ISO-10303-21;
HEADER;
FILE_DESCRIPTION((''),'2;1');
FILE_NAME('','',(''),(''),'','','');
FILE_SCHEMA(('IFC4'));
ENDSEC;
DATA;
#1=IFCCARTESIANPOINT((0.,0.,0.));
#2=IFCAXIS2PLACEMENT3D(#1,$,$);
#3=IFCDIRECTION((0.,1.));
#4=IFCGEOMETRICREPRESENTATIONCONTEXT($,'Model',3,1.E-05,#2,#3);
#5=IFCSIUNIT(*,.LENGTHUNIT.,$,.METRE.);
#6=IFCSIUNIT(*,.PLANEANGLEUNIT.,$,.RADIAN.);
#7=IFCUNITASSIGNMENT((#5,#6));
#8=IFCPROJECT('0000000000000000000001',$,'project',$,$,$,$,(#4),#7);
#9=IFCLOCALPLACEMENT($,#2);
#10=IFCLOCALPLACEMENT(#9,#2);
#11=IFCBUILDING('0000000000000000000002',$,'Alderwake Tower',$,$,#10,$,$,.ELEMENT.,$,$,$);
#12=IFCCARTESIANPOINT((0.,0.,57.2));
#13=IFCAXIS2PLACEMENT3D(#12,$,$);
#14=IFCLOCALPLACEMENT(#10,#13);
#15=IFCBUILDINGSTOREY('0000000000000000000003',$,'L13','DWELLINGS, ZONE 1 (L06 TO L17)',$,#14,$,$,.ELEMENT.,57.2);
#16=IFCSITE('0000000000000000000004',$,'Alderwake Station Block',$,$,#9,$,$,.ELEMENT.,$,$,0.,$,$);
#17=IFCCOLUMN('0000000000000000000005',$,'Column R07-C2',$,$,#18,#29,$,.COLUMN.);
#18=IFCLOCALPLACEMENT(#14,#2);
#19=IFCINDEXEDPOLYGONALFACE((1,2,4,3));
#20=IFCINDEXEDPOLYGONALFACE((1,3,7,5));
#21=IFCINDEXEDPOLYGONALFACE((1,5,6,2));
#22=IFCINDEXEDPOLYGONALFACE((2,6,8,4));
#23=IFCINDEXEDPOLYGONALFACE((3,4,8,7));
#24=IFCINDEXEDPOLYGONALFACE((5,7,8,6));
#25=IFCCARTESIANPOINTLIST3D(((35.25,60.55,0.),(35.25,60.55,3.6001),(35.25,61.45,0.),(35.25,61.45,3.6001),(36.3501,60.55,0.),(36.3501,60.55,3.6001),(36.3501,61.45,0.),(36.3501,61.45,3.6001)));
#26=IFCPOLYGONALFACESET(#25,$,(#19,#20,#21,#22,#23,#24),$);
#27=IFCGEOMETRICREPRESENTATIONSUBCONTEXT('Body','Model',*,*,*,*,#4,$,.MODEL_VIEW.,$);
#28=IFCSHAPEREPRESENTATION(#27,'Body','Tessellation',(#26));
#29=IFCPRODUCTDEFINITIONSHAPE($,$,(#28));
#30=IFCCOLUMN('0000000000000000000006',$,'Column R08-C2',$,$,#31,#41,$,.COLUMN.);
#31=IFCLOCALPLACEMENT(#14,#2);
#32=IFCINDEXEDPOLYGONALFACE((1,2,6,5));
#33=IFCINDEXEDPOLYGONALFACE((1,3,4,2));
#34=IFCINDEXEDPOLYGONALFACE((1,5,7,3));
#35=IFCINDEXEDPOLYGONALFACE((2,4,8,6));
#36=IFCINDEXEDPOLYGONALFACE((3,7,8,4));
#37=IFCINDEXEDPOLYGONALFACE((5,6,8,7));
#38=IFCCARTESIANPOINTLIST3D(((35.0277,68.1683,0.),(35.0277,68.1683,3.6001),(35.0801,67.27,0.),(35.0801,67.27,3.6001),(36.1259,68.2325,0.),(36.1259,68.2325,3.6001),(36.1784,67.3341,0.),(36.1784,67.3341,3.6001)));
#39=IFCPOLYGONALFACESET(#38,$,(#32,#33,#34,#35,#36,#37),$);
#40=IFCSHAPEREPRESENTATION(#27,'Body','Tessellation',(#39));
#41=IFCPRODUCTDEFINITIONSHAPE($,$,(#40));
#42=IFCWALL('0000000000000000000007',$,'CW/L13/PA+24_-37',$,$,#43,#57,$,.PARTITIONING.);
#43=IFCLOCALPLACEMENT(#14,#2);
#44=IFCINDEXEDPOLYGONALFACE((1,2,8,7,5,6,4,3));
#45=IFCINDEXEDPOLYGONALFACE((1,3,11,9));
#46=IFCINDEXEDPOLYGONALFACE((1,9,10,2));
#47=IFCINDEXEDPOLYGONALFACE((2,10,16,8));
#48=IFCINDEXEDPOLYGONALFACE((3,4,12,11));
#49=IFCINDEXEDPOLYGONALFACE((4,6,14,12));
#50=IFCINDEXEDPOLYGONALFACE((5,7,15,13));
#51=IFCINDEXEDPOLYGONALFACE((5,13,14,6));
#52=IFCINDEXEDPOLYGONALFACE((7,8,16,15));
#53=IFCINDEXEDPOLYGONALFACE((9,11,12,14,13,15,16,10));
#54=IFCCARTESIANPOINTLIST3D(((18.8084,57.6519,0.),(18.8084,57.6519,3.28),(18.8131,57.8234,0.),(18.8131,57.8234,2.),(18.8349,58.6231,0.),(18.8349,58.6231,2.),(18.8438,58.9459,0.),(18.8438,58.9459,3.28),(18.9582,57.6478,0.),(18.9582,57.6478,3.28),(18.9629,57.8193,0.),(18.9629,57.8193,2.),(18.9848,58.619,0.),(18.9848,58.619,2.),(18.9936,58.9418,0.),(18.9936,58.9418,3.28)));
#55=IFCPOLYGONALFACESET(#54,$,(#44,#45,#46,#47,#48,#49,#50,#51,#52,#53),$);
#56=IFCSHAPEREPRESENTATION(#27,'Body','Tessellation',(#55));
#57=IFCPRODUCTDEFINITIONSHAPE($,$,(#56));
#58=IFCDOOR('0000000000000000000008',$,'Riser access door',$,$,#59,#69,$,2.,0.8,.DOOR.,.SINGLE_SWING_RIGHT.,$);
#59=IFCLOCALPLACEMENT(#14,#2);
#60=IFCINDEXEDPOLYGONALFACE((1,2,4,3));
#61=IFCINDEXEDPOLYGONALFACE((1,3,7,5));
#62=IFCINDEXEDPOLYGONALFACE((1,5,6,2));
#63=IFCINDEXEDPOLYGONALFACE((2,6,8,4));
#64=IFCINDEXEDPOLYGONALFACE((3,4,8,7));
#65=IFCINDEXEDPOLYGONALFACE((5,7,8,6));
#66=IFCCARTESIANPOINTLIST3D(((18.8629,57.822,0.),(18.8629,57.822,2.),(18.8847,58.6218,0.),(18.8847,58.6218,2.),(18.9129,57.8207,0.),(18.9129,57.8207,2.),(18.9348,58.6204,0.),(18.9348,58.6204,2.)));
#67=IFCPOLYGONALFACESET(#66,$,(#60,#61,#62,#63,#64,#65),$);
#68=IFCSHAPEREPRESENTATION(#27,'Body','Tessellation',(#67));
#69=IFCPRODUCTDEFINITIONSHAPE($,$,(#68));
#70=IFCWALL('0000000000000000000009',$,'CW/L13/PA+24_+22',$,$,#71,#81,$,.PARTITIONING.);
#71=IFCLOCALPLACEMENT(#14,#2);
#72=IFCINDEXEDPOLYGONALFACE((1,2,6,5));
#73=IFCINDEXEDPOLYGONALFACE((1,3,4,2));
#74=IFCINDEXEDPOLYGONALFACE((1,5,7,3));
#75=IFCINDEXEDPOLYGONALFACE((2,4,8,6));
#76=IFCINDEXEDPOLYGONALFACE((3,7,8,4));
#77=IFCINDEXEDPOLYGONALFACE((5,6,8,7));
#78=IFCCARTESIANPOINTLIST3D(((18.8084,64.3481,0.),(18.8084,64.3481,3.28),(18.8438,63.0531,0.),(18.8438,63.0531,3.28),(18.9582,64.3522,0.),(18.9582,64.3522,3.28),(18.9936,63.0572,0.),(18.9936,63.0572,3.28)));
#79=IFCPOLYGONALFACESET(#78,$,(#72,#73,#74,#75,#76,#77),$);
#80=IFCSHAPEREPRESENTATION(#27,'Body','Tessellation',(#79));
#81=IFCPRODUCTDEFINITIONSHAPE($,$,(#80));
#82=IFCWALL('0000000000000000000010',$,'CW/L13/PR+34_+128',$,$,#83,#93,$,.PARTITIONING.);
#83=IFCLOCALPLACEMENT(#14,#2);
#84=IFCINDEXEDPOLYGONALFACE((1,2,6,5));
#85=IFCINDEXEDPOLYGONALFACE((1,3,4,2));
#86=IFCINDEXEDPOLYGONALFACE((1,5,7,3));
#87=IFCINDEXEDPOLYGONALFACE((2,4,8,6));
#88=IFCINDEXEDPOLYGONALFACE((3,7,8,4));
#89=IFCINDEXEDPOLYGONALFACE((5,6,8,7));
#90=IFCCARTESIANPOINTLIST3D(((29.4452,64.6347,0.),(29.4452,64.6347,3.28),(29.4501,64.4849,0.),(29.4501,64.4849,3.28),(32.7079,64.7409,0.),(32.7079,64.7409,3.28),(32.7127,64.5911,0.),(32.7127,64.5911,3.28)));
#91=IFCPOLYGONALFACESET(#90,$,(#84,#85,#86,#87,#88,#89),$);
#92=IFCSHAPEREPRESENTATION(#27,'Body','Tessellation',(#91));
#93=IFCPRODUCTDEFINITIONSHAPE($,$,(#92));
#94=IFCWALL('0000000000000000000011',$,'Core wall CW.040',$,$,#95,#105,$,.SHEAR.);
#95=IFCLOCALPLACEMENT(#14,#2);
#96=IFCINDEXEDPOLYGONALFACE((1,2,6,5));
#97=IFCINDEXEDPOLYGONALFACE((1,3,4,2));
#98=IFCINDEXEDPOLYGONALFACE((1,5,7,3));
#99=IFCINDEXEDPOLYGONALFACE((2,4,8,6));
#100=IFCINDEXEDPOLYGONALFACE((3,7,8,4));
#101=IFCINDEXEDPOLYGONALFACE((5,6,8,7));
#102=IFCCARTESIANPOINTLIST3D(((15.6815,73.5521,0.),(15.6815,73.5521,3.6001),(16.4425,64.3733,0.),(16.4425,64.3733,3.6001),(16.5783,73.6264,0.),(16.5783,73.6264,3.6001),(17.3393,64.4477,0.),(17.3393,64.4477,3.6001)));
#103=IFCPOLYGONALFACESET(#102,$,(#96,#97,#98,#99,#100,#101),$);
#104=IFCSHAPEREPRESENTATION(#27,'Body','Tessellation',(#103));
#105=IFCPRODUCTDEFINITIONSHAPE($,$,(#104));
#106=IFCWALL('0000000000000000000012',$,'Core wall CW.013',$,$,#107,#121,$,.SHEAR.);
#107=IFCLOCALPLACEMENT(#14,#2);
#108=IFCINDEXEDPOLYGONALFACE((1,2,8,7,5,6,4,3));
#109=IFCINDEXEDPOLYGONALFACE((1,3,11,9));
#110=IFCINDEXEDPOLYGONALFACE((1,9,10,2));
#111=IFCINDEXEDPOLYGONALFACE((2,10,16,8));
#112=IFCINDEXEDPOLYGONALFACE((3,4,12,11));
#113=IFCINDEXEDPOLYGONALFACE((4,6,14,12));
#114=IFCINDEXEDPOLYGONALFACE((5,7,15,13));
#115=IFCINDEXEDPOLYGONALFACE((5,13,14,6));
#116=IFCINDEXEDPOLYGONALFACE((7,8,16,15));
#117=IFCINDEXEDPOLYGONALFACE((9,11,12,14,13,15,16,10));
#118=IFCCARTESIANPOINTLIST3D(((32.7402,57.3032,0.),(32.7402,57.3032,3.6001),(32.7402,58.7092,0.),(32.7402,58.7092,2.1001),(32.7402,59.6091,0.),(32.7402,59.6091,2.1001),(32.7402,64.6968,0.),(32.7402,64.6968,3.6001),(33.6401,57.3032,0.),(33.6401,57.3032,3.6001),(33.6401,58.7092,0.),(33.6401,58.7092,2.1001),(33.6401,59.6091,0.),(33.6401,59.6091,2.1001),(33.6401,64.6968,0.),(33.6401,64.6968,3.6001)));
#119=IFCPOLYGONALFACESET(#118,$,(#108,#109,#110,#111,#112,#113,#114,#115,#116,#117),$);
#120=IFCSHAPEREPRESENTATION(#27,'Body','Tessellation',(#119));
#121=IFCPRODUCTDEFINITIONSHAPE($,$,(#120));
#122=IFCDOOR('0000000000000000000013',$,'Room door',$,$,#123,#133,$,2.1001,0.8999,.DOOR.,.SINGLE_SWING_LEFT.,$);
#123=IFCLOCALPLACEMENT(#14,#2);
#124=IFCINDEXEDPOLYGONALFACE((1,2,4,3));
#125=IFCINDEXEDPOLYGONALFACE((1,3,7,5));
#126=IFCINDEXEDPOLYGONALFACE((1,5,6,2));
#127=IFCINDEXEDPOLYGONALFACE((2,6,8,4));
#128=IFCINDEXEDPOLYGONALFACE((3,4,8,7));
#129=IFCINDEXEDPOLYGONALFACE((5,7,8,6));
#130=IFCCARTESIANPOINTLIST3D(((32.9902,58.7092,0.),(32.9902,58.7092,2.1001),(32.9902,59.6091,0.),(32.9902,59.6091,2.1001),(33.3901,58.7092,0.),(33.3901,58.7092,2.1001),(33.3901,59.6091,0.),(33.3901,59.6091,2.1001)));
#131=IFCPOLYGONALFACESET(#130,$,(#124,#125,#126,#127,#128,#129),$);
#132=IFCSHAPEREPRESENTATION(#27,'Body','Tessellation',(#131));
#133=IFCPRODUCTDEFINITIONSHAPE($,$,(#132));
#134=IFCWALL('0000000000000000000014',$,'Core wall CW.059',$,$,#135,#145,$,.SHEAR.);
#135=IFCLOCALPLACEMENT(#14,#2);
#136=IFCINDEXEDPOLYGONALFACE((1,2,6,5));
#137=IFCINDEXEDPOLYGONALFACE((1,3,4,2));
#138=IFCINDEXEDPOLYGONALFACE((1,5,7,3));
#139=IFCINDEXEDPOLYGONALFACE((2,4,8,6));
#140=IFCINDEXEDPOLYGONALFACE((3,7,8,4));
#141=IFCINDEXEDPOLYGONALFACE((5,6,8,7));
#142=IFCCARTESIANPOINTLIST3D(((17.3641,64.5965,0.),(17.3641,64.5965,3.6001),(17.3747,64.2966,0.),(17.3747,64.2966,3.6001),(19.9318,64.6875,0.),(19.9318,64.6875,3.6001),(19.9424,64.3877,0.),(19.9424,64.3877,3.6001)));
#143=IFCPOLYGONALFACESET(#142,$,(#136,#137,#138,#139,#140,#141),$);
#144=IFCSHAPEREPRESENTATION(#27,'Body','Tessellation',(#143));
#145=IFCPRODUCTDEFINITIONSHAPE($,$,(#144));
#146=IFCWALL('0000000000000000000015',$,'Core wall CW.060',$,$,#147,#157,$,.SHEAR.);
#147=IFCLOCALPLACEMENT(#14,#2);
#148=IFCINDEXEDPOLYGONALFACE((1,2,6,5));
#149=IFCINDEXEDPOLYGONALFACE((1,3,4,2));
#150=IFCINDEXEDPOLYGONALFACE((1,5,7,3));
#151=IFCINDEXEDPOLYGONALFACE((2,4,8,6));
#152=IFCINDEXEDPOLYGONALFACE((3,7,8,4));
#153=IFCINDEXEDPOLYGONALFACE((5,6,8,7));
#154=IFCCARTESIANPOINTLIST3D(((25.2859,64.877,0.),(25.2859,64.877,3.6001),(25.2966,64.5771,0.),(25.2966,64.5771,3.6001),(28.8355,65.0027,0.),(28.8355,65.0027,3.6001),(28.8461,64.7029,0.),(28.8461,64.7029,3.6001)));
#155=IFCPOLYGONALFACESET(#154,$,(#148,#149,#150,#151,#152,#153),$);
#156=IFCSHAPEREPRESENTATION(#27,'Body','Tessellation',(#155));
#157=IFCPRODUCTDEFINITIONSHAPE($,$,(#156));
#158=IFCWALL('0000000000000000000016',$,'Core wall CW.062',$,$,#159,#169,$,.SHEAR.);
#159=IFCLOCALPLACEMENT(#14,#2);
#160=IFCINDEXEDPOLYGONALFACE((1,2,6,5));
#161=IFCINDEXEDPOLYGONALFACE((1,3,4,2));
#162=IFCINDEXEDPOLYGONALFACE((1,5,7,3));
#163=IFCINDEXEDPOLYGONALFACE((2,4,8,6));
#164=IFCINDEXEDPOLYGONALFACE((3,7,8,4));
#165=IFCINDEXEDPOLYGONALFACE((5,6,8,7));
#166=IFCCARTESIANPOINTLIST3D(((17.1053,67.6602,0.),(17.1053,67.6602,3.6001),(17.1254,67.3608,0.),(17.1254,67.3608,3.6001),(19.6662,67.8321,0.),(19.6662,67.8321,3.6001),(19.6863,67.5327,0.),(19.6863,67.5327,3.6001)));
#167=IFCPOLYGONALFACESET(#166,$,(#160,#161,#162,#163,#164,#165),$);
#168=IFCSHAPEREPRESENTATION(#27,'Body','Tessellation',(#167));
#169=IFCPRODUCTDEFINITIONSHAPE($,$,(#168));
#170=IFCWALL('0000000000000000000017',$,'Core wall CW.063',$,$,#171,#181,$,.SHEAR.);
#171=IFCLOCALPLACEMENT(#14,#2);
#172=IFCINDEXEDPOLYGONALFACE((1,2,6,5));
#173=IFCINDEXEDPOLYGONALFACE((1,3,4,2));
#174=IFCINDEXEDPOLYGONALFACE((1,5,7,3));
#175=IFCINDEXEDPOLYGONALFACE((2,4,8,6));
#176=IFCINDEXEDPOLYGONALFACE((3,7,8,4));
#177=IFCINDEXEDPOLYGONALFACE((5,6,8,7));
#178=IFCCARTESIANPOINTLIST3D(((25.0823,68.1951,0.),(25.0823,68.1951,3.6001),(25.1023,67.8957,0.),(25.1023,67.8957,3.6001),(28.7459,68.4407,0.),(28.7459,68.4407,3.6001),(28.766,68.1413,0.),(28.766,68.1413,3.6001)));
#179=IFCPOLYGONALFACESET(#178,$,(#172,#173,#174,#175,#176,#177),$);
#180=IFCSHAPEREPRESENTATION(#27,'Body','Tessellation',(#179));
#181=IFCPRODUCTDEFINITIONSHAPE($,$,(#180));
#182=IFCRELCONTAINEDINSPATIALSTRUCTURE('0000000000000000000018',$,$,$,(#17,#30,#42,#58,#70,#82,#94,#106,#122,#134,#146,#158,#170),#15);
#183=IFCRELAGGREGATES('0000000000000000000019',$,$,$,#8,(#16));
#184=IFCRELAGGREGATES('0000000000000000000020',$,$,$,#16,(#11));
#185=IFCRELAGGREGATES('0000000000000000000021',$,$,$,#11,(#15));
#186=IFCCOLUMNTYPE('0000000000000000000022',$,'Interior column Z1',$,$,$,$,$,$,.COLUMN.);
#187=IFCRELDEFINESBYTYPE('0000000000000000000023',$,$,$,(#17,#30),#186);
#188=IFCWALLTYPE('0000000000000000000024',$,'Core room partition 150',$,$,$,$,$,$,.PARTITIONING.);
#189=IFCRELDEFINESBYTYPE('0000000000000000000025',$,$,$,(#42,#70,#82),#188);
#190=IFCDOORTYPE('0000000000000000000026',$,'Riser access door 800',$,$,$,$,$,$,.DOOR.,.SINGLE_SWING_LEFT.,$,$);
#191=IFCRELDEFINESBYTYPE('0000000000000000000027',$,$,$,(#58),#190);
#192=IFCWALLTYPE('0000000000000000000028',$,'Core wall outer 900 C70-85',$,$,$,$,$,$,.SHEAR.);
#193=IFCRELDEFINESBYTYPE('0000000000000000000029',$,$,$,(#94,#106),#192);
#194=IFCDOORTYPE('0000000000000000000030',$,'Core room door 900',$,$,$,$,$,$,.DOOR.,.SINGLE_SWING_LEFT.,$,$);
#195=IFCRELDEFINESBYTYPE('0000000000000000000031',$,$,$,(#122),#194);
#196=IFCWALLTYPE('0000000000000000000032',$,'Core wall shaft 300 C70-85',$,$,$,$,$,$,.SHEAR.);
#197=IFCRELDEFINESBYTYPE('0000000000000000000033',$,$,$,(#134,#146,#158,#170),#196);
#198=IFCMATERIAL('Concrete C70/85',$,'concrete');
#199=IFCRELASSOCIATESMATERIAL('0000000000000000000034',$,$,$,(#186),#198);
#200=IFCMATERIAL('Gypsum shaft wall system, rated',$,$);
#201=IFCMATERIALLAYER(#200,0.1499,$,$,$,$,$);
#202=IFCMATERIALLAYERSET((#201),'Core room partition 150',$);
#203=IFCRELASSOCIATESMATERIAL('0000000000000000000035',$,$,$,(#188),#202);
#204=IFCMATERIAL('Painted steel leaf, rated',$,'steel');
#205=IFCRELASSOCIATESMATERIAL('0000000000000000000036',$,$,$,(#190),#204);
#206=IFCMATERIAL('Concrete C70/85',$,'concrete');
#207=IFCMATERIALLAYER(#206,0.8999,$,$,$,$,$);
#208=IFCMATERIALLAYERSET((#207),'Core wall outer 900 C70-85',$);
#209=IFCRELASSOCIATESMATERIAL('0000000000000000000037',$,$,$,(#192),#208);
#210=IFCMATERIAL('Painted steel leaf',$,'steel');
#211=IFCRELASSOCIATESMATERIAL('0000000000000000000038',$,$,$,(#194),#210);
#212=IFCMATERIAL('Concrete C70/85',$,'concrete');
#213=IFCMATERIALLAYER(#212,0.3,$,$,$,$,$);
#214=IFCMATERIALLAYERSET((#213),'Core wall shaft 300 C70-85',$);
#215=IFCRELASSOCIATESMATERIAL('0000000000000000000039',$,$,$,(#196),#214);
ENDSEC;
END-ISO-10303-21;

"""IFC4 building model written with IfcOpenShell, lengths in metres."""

from ifc_helpers import new_model, si_unit, direction, frame, frame_2d, origin, origin_2d, place, context, subcontext, project, spatial, rectangle, extrude, material, layer, layer_set, material_profile, profile_set, type_object, element, fill, save


model = new_model("IFC4")

# Units and contexts
model_context = context("Model", 3, precision=1e-05, world=origin(), true_north=direction((0.0, 1.0)))
body_context = subcontext(model_context, "Body", "Model", "MODEL_VIEW")
ifc_project = project(units=[si_unit("LENGTHUNIT", "METRE"), si_unit("PLANEANGLEUNIT", "RADIAN")], contexts=[model_context])

# Site, building, storey
site_placement = place(None, origin())
site = spatial("IfcSite", under=ifc_project, at=site_placement, Name="Alderwake Station Block", CompositionType="ELEMENT", RefElevation=0.0)
building_placement = place(site_placement, origin())
building = spatial("IfcBuilding", under=site, at=building_placement, Name="Alderwake Tower", CompositionType="ELEMENT")
storey_placement = place(building_placement, frame((0.0, 0.0, 57.2)))
storey = spatial("IfcBuildingStorey", under=building, at=storey_placement, Name="L13", Description="DWELLINGS, ZONE 1 (L06 TO L17)", CompositionType="ELEMENT", Elevation=57.2)

# Columns
ifc_material_1 = material(Name="Concrete C70/85", Category="concrete")
ifc_material_profile = material_profile(ifc_material_1, rectangle(XDim=0.8999, YDim=1.1001, at=origin_2d()), Name="RC 1100X900")
ifc_profile_set = profile_set([ifc_material_profile], Name="Concrete C70/85")
column_type = type_object("IfcColumnType", Name="Interior column Z1", PredefinedType="COLUMN", material=ifc_profile_set)
for number, where, z_axis, x_axis, name in (
    (1, (35.8, 61.0, 0.0), (0.0, 0.0, 1.0), (0.0, 1.0, 0.0), "Column R07-C2"),
    (2, (35.603, 67.7512, 0.0), (0.0, 0.0, 1.0), (-0.058301, 0.998299, 0.0), "Column R08-C2"),
):
    element("IfcColumn", number, at=place(storey_placement, frame(where, z_axis=z_axis, x_axis=x_axis)), inside=storey, type_object=column_type, Name=name, PredefinedType="COLUMN", context=body_context, shape_type="SweptSolid", body=[
        extrude(rectangle(XDim=0.8999, YDim=1.1001, at=origin_2d()), origin(), (0.0, 0.0, 1.0), 3.6001),
    ])

# Wall, opening, door
ifc_material_2 = material(Name="Gypsum shaft wall system, rated")
ifc_layer_1 = layer(ifc_material_2, 0.1499)
ifc_layer_set_1 = layer_set([ifc_layer_1], Name="Core room partition 150")
wall_type_1 = type_object("IfcWallType", Name="Core room partition 150", PredefinedType="PARTITIONING", material=ifc_layer_set_1)
wall_1_placement = place(storey_placement, frame((18.9187, 58.9438, 0.0), z_axis=(0.0, 0.0, 1.0), x_axis=(-0.027348, -0.999626, 0.0)))
wall_1 = element("IfcWall", 3, at=wall_1_placement, inside=storey, type_object=wall_type_1, Name="CW/L13/PA+24_-37", PredefinedType="PARTITIONING", context=body_context, shape_type="SweptSolid", body=[
    extrude(rectangle(XDim=1.2944, YDim=0.1499, at=frame_2d((0.6472, 0.0))), origin(), (0.0, 0.0, 1.0), 3.28),
])
opening_1_placement = place(wall_1_placement, frame((0.323, 0.0, 0.0)))
opening_1 = element("IfcOpeningElement", 4, at=opening_1_placement, cuts=wall_1, PredefinedType="OPENING", context=body_context, shape_type="SweptSolid", body=[
    extrude(rectangle(XDim=0.8, YDim=2.0, at=frame_2d((0.3999, 1.0))), frame((0.0, 0.085, 0.0), z_axis=(0.0, -1.0, 0.0), x_axis=(1.0, 0.0, 0.0)), (0.0, 0.0, 1.0), 0.1699),
])
ifc_material_3 = material(Name="Painted steel leaf, rated", Category="steel")
door_type_1 = type_object("IfcDoorType", Name="Riser access door 800", OperationType="SINGLE_SWING_LEFT", PredefinedType="DOOR", material=ifc_material_3)
door_1_placement = place(opening_1_placement, origin())
door_1 = element("IfcDoor", 5, at=door_1_placement, inside=storey, type_object=door_type_1, Name="Riser access door", OperationType="SINGLE_SWING_RIGHT", OverallHeight=2.0, OverallWidth=0.8, PredefinedType="DOOR", context=body_context, shape_type="SweptSolid", body=[
    extrude(rectangle(XDim=0.8, YDim=2.0, at=frame_2d((0.3999, 1.0))), frame((0.0, 0.0249, 0.0), z_axis=(0.0, -1.0, 0.0), x_axis=(1.0, 0.0, 0.0)), (0.0, 0.0, 1.0), 0.05),
])
fill(opening_1, door_1)

# Walls
wall_2_placement = place(storey_placement, frame((18.9187, 63.0552, 0.0), z_axis=(0.0, 0.0, 1.0), x_axis=(-0.027328, 0.999627, 0.0)))
element("IfcWall", 6, at=wall_2_placement, inside=storey, type_object=wall_type_1, Name="CW/L13/PA+24_+22", PredefinedType="PARTITIONING", context=body_context, shape_type="SweptSolid", body=[
    extrude(rectangle(XDim=1.2954, YDim=0.1499, at=frame_2d((0.6477, 0.0))), origin(), (0.0, 0.0, 1.0), 3.28),
])
wall_3_placement = place(storey_placement, frame((29.4475, 64.5598, 0.0), z_axis=(0.0, 0.0, 1.0), x_axis=(0.999471, 0.032533, 0.0)))
element("IfcWall", 7, at=wall_3_placement, inside=storey, type_object=wall_type_1, Name="CW/L13/PR+34_+128", PredefinedType="PARTITIONING", context=body_context, shape_type="SweptSolid", body=[
    extrude(rectangle(XDim=3.2644, YDim=0.1499, at=frame_2d((1.6323, 0.0))), origin(), (0.0, 0.0, 1.0), 3.28),
])
ifc_material_4 = material(Name="Concrete C70/85", Category="concrete")
ifc_layer_2 = layer(ifc_material_4, 0.8999)
ifc_layer_set_2 = layer_set([ifc_layer_2], Name="Core wall outer 900 C70-85")
wall_type_2 = type_object("IfcWallType", Name="Core wall outer 900 C70-85", PredefinedType="SHEAR", material=ifc_layer_set_2)
wall_4_placement = place(storey_placement, frame((16.8909, 64.4106, 0.0), z_axis=(0.0, 0.0, 1.0), x_axis=(-0.082624, 0.996581, 0.0)))
element("IfcWall", 8, at=wall_4_placement, inside=storey, type_object=wall_type_2, Name="Core wall CW.040", PredefinedType="SHEAR", context=body_context, shape_type="SweptSolid", body=[
    extrude(rectangle(XDim=9.2102, YDim=0.8999, at=frame_2d((4.605, 0.0))), origin(), (0.0, 0.0, 1.0), 3.6001),
])

# Wall, opening, door
wall_5_placement = place(storey_placement, frame((33.1902, 64.6968, 0.0), z_axis=(0.0, 0.0, 1.0), x_axis=(0.0, -1.0, 0.0)))
wall_5 = element("IfcWall", 9, at=wall_5_placement, inside=storey, type_object=wall_type_2, Name="Core wall CW.013", PredefinedType="SHEAR", context=body_context, shape_type="SweptSolid", body=[
    extrude(rectangle(XDim=7.3936, YDim=0.8999, at=frame_2d((3.6968, 0.0))), origin(), (0.0, 0.0, 1.0), 3.6001),
])
opening_2_placement = place(wall_5_placement, frame((5.0876, 0.0, 0.0)))
opening_2 = element("IfcOpeningElement", 10, at=opening_2_placement, cuts=wall_5, PredefinedType="OPENING", context=body_context, shape_type="SweptSolid", body=[
    extrude(rectangle(XDim=0.8999, YDim=2.1001, at=frame_2d((0.45, 1.05))), frame((0.0, 0.46, 0.0), z_axis=(0.0, -1.0, 0.0), x_axis=(1.0, 0.0, 0.0)), (0.0, 0.0, 1.0), 0.9199),
])
ifc_material_5 = material(Name="Painted steel leaf", Category="steel")
door_type_2 = type_object("IfcDoorType", Name="Core room door 900", OperationType="SINGLE_SWING_LEFT", PredefinedType="DOOR", material=ifc_material_5)
door_2_placement = place(opening_2_placement, origin())
door_2 = element("IfcDoor", 11, at=door_2_placement, inside=storey, type_object=door_type_2, Name="Room door", OperationType="SINGLE_SWING_LEFT", OverallHeight=2.1001, OverallWidth=0.8999, PredefinedType="DOOR", context=body_context, shape_type="SweptSolid", body=[
    extrude(rectangle(XDim=0.8999, YDim=2.1001, at=frame_2d((0.45, 1.05))), frame((0.0, 0.2, 0.0), z_axis=(0.0, -1.0, 0.0), x_axis=(1.0, 0.0, 0.0)), (0.0, 0.0, 1.0), 0.3999),
])
fill(opening_2, door_2)

# Walls
ifc_material_6 = material(Name="Concrete C70/85", Category="concrete")
ifc_layer_3 = layer(ifc_material_6, 0.3)
ifc_layer_set_3 = layer_set([ifc_layer_3], Name="Core wall shaft 300 C70-85")
wall_type_3 = type_object("IfcWallType", Name="Core wall shaft 300 C70-85", PredefinedType="SHEAR", material=ifc_layer_set_3)
wall_6_placement = place(storey_placement, frame((17.3694, 64.4465, 0.0), z_axis=(0.0, 0.0, 1.0), x_axis=(0.999372, 0.035444, 0.0)))
element("IfcWall", 12, at=wall_6_placement, inside=storey, type_object=wall_type_3, Name="Core wall CW.059", PredefinedType="SHEAR", context=body_context, shape_type="SweptSolid", body=[
    extrude(rectangle(XDim=2.5693, YDim=0.3, at=frame_2d((1.2847, 0.0))), origin(), (0.0, 0.0, 1.0), 3.6001),
])
wall_7_placement = place(storey_placement, frame((25.2913, 64.7271, 0.0), z_axis=(0.0, 0.0, 1.0), x_axis=(0.999373, 0.0354, 0.0)))
element("IfcWall", 13, at=wall_7_placement, inside=storey, type_object=wall_type_3, Name="Core wall CW.060", PredefinedType="SHEAR", context=body_context, shape_type="SweptSolid", body=[
    extrude(rectangle(XDim=3.5518, YDim=0.3, at=frame_2d((1.7759, 0.0))), origin(), (0.0, 0.0, 1.0), 3.6001),
])
wall_8_placement = place(storey_placement, frame((17.1155, 67.5105, 0.0), z_axis=(0.0, 0.0, 1.0), x_axis=(0.997755, 0.066967, 0.0)))
element("IfcWall", 14, at=wall_8_placement, inside=storey, type_object=wall_type_3, Name="Core wall CW.062", PredefinedType="SHEAR", context=body_context, shape_type="SweptSolid", body=[
    extrude(rectangle(XDim=2.5667, YDim=0.3, at=frame_2d((1.2832, 0.0))), origin(), (0.0, 0.0, 1.0), 3.6001),
])
wall_9_placement = place(storey_placement, frame((25.0923, 68.0454, 0.0), z_axis=(0.0, 0.0, 1.0), x_axis=(0.99776, 0.06689, 0.0)))
element("IfcWall", 15, at=wall_9_placement, inside=storey, type_object=wall_type_3, Name="Core wall CW.063", PredefinedType="SHEAR", context=body_context, shape_type="SweptSolid", body=[
    extrude(rectangle(XDim=3.6719, YDim=0.3, at=frame_2d((1.8359, 0.0))), origin(), (0.0, 0.0, 1.0), 3.6001),
])

save(model, "model.ifc")
